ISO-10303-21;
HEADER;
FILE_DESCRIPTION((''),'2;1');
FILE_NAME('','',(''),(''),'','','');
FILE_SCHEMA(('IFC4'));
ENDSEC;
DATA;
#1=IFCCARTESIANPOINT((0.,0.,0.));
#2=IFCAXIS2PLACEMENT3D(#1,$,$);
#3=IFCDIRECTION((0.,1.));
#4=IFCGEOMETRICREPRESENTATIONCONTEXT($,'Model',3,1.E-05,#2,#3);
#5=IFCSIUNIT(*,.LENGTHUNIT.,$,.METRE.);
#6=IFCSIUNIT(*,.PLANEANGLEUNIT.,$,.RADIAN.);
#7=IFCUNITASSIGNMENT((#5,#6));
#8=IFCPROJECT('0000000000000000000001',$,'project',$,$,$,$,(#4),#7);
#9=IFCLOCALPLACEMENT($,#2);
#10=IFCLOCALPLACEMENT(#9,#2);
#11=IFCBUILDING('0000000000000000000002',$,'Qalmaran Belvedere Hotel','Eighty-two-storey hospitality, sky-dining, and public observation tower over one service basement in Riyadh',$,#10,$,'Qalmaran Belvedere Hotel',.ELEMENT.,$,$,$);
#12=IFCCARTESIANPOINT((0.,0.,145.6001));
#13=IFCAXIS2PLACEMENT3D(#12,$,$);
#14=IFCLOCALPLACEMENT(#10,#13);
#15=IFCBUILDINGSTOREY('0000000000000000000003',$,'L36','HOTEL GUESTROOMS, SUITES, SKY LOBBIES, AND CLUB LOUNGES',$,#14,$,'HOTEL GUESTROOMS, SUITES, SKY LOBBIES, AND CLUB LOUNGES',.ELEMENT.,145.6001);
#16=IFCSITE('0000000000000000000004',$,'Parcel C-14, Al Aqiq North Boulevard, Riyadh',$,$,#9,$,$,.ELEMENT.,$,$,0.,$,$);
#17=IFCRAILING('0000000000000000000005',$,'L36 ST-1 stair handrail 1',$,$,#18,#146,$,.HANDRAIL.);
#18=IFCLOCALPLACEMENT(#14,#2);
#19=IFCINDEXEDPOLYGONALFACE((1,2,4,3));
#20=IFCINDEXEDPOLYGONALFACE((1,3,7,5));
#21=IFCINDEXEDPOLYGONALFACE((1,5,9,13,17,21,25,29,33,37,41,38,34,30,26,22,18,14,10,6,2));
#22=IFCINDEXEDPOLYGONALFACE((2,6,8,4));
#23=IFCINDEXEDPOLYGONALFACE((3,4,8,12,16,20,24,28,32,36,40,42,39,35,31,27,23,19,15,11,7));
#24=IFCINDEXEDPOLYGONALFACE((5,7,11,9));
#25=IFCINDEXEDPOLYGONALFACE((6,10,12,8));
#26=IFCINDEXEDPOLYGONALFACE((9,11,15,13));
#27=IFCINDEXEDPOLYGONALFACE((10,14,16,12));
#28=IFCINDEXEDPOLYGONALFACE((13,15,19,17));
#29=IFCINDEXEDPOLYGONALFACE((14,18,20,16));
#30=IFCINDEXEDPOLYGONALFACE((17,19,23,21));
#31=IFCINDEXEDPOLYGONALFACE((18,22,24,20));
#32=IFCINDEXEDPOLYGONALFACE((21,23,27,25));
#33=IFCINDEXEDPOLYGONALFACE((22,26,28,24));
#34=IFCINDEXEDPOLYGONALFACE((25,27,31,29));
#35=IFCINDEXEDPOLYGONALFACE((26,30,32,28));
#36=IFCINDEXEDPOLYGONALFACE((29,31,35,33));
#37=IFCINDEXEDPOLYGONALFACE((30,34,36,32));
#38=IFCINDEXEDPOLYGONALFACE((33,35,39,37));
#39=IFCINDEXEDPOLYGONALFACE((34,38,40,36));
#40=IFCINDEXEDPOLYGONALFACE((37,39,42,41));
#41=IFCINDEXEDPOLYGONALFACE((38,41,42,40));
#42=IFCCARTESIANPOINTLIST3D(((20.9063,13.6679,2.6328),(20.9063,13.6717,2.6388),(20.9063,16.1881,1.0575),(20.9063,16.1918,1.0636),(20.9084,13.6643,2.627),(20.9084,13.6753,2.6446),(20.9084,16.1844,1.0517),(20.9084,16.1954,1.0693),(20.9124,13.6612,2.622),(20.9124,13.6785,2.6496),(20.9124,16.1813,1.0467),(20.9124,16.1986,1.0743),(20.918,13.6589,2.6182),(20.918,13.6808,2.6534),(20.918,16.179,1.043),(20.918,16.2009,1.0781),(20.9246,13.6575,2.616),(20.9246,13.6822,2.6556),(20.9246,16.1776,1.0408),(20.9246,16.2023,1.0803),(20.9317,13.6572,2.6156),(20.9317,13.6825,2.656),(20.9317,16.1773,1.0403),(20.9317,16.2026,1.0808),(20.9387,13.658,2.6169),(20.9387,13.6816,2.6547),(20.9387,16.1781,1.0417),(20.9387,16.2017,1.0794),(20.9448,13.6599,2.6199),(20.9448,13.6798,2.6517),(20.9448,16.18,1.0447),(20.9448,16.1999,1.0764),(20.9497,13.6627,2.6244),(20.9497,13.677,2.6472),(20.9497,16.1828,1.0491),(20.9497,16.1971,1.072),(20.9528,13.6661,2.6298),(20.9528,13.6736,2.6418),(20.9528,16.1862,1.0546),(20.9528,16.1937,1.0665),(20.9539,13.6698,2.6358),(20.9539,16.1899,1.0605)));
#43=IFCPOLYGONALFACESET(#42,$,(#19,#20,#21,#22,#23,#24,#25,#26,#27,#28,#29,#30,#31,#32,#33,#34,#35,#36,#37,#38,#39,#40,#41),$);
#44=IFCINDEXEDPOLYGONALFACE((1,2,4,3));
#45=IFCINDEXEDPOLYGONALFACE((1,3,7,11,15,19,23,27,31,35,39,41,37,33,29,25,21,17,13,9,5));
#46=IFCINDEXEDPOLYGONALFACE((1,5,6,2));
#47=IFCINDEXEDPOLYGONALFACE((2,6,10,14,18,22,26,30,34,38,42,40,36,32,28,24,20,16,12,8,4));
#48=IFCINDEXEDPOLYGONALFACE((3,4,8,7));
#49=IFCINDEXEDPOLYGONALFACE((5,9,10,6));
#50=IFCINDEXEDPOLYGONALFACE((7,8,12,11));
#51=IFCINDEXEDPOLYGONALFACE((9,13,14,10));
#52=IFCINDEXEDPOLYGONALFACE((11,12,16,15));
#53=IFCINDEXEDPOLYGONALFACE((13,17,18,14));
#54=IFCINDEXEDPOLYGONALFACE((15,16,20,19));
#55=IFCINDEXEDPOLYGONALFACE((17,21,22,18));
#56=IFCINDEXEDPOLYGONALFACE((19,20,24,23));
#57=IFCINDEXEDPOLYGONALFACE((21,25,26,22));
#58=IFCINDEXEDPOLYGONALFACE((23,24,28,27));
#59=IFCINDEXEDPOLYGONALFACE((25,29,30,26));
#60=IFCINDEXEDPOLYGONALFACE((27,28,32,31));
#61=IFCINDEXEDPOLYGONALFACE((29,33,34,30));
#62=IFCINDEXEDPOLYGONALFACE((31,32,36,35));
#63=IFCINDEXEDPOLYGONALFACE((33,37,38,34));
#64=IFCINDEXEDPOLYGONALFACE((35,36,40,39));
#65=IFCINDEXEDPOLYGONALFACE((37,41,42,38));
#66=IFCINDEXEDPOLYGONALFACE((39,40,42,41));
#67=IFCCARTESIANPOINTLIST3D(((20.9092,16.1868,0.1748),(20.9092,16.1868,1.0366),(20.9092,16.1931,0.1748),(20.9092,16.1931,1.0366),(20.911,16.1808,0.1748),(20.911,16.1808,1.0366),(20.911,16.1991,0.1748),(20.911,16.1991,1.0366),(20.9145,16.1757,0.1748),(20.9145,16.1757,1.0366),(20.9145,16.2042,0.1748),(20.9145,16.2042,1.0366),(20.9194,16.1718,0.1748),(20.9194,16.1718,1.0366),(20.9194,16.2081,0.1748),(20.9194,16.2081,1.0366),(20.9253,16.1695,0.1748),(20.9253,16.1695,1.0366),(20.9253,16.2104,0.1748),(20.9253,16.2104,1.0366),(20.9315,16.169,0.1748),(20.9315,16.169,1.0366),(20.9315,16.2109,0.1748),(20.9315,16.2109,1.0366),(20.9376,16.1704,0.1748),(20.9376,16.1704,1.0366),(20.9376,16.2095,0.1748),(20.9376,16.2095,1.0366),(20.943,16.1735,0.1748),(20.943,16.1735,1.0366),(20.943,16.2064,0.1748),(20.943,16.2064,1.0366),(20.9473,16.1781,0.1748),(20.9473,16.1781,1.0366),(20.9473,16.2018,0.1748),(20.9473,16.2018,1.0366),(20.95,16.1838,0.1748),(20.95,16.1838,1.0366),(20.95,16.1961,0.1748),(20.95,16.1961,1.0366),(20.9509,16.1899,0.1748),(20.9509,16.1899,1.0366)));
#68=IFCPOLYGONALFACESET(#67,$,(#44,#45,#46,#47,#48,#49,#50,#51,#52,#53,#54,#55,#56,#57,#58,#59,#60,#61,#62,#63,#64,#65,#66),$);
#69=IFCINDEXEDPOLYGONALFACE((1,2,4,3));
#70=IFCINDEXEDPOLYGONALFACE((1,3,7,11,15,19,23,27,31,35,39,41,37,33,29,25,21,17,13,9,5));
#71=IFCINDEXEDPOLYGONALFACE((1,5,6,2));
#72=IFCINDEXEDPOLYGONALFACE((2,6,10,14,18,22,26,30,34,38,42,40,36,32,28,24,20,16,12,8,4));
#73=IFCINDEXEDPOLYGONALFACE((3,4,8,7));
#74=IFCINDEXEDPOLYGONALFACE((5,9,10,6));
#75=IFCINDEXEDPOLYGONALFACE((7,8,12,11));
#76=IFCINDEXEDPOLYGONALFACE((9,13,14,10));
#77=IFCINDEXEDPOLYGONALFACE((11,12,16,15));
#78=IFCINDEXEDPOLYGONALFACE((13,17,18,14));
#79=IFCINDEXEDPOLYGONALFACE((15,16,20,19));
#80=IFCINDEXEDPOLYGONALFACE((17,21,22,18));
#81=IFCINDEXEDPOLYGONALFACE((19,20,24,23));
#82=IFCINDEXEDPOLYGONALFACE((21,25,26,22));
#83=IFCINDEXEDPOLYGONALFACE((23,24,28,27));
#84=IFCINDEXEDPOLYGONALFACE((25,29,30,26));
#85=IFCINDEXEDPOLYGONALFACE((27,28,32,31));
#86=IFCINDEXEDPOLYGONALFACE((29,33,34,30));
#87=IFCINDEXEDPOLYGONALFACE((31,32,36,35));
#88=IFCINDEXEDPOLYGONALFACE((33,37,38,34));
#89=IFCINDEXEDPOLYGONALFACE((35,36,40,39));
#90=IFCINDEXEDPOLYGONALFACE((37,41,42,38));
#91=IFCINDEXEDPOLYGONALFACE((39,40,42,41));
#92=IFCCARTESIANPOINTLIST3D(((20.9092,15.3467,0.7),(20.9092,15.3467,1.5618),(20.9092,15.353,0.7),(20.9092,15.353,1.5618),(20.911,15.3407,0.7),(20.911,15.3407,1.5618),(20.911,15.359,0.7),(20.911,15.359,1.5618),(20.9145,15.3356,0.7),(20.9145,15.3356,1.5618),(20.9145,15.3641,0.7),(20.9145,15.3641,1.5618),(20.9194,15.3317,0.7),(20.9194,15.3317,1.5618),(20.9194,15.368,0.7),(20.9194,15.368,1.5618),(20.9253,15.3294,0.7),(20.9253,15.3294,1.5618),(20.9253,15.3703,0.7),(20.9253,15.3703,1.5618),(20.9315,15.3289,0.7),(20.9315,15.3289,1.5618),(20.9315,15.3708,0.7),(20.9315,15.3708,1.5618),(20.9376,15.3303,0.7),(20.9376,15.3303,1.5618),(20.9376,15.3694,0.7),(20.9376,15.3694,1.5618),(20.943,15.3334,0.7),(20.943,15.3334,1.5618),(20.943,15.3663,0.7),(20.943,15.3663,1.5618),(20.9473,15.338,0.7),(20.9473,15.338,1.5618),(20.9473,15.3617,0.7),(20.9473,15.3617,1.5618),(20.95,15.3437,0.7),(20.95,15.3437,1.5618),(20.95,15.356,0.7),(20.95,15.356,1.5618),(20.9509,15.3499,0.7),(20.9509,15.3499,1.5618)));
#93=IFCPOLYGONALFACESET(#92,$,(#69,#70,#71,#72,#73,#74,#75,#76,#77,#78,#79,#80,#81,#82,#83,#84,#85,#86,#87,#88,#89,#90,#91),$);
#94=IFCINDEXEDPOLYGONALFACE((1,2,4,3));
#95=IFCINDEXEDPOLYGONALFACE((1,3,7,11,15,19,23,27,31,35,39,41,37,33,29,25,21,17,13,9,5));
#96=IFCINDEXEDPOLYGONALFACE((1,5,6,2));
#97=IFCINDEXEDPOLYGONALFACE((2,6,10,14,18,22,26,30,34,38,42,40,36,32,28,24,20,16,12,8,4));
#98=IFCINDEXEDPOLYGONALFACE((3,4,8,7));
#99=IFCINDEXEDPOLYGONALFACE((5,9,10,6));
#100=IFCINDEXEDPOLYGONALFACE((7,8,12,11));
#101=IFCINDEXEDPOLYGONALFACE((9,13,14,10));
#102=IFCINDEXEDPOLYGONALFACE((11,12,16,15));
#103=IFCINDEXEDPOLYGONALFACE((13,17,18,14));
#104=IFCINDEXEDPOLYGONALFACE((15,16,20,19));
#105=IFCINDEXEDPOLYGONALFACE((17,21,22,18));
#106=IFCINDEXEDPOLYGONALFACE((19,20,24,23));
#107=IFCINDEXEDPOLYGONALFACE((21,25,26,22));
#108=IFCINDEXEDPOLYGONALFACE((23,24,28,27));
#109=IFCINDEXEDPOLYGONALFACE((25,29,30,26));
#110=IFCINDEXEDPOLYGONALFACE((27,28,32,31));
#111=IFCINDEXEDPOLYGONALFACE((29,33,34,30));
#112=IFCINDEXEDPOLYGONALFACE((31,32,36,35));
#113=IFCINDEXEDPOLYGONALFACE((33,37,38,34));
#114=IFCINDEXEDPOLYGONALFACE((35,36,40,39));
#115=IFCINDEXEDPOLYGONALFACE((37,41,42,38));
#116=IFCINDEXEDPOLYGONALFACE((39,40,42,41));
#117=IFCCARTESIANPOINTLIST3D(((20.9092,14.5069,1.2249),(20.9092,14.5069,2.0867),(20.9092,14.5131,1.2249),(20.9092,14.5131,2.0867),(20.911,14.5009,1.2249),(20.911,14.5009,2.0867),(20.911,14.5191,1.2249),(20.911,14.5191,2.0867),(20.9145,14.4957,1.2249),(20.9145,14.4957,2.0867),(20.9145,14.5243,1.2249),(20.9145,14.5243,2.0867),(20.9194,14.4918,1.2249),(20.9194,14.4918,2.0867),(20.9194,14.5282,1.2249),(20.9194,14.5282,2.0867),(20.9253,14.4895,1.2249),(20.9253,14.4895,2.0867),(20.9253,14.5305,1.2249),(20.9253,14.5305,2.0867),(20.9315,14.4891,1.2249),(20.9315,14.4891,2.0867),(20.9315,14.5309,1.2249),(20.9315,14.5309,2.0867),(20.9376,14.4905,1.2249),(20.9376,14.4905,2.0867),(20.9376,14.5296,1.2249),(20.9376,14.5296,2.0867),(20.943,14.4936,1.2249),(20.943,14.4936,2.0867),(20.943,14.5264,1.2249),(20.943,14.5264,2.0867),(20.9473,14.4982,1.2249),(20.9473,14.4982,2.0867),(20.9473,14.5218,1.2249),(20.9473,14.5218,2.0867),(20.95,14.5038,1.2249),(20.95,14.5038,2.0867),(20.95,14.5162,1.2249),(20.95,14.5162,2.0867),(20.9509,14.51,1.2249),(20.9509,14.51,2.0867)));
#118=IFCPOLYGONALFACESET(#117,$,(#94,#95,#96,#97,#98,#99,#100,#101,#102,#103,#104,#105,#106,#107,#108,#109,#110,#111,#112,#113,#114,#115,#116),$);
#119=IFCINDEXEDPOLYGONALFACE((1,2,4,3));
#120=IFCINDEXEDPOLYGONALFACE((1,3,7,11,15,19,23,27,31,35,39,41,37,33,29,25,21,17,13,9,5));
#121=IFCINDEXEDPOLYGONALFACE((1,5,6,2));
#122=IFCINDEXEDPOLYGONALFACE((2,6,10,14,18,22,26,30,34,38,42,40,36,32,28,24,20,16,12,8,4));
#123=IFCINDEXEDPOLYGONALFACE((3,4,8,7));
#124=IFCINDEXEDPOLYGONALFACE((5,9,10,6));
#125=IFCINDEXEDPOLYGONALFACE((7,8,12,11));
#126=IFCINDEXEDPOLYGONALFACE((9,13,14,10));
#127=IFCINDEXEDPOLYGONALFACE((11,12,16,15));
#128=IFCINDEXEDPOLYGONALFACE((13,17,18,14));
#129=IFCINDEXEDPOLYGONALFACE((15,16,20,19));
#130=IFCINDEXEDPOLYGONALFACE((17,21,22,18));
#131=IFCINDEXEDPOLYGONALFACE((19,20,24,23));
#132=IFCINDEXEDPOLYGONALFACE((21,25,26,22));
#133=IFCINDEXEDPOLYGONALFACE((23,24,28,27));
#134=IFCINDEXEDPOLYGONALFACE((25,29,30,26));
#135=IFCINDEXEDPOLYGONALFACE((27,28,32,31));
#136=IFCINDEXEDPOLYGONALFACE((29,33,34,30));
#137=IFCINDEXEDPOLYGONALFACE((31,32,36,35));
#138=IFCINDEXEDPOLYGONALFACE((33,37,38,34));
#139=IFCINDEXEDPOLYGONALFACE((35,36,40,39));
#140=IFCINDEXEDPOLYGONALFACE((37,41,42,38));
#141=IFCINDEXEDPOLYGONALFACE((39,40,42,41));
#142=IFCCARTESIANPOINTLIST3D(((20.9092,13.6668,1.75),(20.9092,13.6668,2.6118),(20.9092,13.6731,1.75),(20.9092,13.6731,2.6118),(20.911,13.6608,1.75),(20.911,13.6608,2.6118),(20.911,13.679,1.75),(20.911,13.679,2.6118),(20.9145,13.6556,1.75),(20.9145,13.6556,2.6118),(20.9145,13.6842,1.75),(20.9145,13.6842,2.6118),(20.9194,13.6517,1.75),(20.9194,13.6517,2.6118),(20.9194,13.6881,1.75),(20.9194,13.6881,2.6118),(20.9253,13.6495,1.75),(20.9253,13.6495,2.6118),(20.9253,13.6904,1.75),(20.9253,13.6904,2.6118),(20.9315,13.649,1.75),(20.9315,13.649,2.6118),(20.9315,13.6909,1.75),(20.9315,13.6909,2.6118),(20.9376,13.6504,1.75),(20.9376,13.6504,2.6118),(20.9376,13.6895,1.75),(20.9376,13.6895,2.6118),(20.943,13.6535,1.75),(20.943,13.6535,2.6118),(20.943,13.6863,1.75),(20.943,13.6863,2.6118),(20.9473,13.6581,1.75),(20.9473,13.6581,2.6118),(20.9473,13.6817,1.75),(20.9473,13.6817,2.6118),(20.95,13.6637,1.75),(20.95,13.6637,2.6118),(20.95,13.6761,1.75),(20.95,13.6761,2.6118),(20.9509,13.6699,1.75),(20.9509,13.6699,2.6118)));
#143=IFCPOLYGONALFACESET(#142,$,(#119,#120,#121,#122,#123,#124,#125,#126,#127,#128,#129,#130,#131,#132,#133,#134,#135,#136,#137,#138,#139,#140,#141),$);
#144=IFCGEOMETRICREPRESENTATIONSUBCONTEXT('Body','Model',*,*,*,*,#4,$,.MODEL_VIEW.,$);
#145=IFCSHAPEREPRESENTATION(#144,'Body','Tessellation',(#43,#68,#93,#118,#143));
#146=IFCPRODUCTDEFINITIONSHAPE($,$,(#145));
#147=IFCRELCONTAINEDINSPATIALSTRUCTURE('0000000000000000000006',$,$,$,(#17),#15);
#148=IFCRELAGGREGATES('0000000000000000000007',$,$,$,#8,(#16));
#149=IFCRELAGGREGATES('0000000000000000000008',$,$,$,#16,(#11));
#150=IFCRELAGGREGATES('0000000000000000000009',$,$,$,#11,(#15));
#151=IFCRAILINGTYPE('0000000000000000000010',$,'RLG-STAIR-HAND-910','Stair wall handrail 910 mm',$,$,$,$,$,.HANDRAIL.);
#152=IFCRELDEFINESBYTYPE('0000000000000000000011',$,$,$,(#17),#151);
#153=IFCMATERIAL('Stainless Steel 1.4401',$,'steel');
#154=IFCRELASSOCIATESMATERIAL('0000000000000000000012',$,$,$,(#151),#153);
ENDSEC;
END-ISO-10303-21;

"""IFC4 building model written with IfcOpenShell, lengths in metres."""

from ifc_helpers import new_model, si_unit, direction, frame, origin, origin_2d, place, context, subcontext, project, spatial, circle, extrude, material, type_object, element, save


model = new_model("IFC4")

# Units and contexts
model_context = context("Model", 3, precision=1e-05, world=origin(), true_north=direction((0.0, 1.0)))
body_context = subcontext(model_context, "Body", "Model", "MODEL_VIEW")
ifc_project = project(units=[si_unit("LENGTHUNIT", "METRE"), si_unit("PLANEANGLEUNIT", "RADIAN")], contexts=[model_context])

# Site, building, storey
site_placement = place(None, origin())
site = spatial("IfcSite", under=ifc_project, at=site_placement, Name="Parcel C-14, Al Aqiq North Boulevard, Riyadh", CompositionType="ELEMENT", RefElevation=0.0)
building_placement = place(site_placement, origin())
building = spatial("IfcBuilding", under=site, at=building_placement, Name="Qalmaran Belvedere Hotel", Description="Eighty-two-storey hospitality, sky-dining, and public observation tower over one service basement in Riyadh", LongName="Qalmaran Belvedere Hotel", CompositionType="ELEMENT")
storey_placement = place(building_placement, frame((0.0, 0.0, 145.6001)))
storey = spatial("IfcBuildingStorey", under=building, at=storey_placement, Name="L36", Description="HOTEL GUESTROOMS, SUITES, SKY LOBBIES, AND CLUB LOUNGES", LongName="HOTEL GUESTROOMS, SUITES, SKY LOBBIES, AND CLUB LOUNGES", CompositionType="ELEMENT", Elevation=145.6001)

# Shared definitions
ifc_material_1 = material(Name="Stainless Steel 1.4401", Category="steel")

# Railing
railing_type = type_object("IfcRailingType", Name="RLG-STAIR-HAND-910", Description="Stair wall handrail 910 mm", PredefinedType="HANDRAIL", material=ifc_material_1)
railing_placement = place(storey_placement, frame((20.9299, 16.1899, 0.1748)))
element("IfcRailing", 1, at=railing_placement, inside=storey, type_object=railing_type, Name="L36 ST-1 stair handrail 1", PredefinedType="HANDRAIL", context=body_context, shape_type="SweptSolid", body=[
    extrude(circle(Radius=0.0239, at=origin_2d()), frame((0.0, 0.0, 0.8857), z_axis=(0.0, -0.847971, 0.530043), x_axis=(1.0, 0.0, 0.0)), (0.0, 0.0, 1.0), 2.9719),
    extrude(circle(Radius=0.021, at=origin_2d()), origin(), (0.0, 0.0, 1.0), 0.8618),
    extrude(circle(Radius=0.021, at=origin_2d()), frame((0.0, -0.8401, 0.5251)), (0.0, 0.0, 1.0), 0.8618),
    extrude(circle(Radius=0.021, at=origin_2d()), frame((0.0, -1.6799, 1.05)), (0.0, 0.0, 1.0), 0.8618),
    extrude(circle(Radius=0.021, at=origin_2d()), frame((0.0, -2.52, 1.5752)), (0.0, 0.0, 1.0), 0.8618),
])

save(model, "model.ifc")
